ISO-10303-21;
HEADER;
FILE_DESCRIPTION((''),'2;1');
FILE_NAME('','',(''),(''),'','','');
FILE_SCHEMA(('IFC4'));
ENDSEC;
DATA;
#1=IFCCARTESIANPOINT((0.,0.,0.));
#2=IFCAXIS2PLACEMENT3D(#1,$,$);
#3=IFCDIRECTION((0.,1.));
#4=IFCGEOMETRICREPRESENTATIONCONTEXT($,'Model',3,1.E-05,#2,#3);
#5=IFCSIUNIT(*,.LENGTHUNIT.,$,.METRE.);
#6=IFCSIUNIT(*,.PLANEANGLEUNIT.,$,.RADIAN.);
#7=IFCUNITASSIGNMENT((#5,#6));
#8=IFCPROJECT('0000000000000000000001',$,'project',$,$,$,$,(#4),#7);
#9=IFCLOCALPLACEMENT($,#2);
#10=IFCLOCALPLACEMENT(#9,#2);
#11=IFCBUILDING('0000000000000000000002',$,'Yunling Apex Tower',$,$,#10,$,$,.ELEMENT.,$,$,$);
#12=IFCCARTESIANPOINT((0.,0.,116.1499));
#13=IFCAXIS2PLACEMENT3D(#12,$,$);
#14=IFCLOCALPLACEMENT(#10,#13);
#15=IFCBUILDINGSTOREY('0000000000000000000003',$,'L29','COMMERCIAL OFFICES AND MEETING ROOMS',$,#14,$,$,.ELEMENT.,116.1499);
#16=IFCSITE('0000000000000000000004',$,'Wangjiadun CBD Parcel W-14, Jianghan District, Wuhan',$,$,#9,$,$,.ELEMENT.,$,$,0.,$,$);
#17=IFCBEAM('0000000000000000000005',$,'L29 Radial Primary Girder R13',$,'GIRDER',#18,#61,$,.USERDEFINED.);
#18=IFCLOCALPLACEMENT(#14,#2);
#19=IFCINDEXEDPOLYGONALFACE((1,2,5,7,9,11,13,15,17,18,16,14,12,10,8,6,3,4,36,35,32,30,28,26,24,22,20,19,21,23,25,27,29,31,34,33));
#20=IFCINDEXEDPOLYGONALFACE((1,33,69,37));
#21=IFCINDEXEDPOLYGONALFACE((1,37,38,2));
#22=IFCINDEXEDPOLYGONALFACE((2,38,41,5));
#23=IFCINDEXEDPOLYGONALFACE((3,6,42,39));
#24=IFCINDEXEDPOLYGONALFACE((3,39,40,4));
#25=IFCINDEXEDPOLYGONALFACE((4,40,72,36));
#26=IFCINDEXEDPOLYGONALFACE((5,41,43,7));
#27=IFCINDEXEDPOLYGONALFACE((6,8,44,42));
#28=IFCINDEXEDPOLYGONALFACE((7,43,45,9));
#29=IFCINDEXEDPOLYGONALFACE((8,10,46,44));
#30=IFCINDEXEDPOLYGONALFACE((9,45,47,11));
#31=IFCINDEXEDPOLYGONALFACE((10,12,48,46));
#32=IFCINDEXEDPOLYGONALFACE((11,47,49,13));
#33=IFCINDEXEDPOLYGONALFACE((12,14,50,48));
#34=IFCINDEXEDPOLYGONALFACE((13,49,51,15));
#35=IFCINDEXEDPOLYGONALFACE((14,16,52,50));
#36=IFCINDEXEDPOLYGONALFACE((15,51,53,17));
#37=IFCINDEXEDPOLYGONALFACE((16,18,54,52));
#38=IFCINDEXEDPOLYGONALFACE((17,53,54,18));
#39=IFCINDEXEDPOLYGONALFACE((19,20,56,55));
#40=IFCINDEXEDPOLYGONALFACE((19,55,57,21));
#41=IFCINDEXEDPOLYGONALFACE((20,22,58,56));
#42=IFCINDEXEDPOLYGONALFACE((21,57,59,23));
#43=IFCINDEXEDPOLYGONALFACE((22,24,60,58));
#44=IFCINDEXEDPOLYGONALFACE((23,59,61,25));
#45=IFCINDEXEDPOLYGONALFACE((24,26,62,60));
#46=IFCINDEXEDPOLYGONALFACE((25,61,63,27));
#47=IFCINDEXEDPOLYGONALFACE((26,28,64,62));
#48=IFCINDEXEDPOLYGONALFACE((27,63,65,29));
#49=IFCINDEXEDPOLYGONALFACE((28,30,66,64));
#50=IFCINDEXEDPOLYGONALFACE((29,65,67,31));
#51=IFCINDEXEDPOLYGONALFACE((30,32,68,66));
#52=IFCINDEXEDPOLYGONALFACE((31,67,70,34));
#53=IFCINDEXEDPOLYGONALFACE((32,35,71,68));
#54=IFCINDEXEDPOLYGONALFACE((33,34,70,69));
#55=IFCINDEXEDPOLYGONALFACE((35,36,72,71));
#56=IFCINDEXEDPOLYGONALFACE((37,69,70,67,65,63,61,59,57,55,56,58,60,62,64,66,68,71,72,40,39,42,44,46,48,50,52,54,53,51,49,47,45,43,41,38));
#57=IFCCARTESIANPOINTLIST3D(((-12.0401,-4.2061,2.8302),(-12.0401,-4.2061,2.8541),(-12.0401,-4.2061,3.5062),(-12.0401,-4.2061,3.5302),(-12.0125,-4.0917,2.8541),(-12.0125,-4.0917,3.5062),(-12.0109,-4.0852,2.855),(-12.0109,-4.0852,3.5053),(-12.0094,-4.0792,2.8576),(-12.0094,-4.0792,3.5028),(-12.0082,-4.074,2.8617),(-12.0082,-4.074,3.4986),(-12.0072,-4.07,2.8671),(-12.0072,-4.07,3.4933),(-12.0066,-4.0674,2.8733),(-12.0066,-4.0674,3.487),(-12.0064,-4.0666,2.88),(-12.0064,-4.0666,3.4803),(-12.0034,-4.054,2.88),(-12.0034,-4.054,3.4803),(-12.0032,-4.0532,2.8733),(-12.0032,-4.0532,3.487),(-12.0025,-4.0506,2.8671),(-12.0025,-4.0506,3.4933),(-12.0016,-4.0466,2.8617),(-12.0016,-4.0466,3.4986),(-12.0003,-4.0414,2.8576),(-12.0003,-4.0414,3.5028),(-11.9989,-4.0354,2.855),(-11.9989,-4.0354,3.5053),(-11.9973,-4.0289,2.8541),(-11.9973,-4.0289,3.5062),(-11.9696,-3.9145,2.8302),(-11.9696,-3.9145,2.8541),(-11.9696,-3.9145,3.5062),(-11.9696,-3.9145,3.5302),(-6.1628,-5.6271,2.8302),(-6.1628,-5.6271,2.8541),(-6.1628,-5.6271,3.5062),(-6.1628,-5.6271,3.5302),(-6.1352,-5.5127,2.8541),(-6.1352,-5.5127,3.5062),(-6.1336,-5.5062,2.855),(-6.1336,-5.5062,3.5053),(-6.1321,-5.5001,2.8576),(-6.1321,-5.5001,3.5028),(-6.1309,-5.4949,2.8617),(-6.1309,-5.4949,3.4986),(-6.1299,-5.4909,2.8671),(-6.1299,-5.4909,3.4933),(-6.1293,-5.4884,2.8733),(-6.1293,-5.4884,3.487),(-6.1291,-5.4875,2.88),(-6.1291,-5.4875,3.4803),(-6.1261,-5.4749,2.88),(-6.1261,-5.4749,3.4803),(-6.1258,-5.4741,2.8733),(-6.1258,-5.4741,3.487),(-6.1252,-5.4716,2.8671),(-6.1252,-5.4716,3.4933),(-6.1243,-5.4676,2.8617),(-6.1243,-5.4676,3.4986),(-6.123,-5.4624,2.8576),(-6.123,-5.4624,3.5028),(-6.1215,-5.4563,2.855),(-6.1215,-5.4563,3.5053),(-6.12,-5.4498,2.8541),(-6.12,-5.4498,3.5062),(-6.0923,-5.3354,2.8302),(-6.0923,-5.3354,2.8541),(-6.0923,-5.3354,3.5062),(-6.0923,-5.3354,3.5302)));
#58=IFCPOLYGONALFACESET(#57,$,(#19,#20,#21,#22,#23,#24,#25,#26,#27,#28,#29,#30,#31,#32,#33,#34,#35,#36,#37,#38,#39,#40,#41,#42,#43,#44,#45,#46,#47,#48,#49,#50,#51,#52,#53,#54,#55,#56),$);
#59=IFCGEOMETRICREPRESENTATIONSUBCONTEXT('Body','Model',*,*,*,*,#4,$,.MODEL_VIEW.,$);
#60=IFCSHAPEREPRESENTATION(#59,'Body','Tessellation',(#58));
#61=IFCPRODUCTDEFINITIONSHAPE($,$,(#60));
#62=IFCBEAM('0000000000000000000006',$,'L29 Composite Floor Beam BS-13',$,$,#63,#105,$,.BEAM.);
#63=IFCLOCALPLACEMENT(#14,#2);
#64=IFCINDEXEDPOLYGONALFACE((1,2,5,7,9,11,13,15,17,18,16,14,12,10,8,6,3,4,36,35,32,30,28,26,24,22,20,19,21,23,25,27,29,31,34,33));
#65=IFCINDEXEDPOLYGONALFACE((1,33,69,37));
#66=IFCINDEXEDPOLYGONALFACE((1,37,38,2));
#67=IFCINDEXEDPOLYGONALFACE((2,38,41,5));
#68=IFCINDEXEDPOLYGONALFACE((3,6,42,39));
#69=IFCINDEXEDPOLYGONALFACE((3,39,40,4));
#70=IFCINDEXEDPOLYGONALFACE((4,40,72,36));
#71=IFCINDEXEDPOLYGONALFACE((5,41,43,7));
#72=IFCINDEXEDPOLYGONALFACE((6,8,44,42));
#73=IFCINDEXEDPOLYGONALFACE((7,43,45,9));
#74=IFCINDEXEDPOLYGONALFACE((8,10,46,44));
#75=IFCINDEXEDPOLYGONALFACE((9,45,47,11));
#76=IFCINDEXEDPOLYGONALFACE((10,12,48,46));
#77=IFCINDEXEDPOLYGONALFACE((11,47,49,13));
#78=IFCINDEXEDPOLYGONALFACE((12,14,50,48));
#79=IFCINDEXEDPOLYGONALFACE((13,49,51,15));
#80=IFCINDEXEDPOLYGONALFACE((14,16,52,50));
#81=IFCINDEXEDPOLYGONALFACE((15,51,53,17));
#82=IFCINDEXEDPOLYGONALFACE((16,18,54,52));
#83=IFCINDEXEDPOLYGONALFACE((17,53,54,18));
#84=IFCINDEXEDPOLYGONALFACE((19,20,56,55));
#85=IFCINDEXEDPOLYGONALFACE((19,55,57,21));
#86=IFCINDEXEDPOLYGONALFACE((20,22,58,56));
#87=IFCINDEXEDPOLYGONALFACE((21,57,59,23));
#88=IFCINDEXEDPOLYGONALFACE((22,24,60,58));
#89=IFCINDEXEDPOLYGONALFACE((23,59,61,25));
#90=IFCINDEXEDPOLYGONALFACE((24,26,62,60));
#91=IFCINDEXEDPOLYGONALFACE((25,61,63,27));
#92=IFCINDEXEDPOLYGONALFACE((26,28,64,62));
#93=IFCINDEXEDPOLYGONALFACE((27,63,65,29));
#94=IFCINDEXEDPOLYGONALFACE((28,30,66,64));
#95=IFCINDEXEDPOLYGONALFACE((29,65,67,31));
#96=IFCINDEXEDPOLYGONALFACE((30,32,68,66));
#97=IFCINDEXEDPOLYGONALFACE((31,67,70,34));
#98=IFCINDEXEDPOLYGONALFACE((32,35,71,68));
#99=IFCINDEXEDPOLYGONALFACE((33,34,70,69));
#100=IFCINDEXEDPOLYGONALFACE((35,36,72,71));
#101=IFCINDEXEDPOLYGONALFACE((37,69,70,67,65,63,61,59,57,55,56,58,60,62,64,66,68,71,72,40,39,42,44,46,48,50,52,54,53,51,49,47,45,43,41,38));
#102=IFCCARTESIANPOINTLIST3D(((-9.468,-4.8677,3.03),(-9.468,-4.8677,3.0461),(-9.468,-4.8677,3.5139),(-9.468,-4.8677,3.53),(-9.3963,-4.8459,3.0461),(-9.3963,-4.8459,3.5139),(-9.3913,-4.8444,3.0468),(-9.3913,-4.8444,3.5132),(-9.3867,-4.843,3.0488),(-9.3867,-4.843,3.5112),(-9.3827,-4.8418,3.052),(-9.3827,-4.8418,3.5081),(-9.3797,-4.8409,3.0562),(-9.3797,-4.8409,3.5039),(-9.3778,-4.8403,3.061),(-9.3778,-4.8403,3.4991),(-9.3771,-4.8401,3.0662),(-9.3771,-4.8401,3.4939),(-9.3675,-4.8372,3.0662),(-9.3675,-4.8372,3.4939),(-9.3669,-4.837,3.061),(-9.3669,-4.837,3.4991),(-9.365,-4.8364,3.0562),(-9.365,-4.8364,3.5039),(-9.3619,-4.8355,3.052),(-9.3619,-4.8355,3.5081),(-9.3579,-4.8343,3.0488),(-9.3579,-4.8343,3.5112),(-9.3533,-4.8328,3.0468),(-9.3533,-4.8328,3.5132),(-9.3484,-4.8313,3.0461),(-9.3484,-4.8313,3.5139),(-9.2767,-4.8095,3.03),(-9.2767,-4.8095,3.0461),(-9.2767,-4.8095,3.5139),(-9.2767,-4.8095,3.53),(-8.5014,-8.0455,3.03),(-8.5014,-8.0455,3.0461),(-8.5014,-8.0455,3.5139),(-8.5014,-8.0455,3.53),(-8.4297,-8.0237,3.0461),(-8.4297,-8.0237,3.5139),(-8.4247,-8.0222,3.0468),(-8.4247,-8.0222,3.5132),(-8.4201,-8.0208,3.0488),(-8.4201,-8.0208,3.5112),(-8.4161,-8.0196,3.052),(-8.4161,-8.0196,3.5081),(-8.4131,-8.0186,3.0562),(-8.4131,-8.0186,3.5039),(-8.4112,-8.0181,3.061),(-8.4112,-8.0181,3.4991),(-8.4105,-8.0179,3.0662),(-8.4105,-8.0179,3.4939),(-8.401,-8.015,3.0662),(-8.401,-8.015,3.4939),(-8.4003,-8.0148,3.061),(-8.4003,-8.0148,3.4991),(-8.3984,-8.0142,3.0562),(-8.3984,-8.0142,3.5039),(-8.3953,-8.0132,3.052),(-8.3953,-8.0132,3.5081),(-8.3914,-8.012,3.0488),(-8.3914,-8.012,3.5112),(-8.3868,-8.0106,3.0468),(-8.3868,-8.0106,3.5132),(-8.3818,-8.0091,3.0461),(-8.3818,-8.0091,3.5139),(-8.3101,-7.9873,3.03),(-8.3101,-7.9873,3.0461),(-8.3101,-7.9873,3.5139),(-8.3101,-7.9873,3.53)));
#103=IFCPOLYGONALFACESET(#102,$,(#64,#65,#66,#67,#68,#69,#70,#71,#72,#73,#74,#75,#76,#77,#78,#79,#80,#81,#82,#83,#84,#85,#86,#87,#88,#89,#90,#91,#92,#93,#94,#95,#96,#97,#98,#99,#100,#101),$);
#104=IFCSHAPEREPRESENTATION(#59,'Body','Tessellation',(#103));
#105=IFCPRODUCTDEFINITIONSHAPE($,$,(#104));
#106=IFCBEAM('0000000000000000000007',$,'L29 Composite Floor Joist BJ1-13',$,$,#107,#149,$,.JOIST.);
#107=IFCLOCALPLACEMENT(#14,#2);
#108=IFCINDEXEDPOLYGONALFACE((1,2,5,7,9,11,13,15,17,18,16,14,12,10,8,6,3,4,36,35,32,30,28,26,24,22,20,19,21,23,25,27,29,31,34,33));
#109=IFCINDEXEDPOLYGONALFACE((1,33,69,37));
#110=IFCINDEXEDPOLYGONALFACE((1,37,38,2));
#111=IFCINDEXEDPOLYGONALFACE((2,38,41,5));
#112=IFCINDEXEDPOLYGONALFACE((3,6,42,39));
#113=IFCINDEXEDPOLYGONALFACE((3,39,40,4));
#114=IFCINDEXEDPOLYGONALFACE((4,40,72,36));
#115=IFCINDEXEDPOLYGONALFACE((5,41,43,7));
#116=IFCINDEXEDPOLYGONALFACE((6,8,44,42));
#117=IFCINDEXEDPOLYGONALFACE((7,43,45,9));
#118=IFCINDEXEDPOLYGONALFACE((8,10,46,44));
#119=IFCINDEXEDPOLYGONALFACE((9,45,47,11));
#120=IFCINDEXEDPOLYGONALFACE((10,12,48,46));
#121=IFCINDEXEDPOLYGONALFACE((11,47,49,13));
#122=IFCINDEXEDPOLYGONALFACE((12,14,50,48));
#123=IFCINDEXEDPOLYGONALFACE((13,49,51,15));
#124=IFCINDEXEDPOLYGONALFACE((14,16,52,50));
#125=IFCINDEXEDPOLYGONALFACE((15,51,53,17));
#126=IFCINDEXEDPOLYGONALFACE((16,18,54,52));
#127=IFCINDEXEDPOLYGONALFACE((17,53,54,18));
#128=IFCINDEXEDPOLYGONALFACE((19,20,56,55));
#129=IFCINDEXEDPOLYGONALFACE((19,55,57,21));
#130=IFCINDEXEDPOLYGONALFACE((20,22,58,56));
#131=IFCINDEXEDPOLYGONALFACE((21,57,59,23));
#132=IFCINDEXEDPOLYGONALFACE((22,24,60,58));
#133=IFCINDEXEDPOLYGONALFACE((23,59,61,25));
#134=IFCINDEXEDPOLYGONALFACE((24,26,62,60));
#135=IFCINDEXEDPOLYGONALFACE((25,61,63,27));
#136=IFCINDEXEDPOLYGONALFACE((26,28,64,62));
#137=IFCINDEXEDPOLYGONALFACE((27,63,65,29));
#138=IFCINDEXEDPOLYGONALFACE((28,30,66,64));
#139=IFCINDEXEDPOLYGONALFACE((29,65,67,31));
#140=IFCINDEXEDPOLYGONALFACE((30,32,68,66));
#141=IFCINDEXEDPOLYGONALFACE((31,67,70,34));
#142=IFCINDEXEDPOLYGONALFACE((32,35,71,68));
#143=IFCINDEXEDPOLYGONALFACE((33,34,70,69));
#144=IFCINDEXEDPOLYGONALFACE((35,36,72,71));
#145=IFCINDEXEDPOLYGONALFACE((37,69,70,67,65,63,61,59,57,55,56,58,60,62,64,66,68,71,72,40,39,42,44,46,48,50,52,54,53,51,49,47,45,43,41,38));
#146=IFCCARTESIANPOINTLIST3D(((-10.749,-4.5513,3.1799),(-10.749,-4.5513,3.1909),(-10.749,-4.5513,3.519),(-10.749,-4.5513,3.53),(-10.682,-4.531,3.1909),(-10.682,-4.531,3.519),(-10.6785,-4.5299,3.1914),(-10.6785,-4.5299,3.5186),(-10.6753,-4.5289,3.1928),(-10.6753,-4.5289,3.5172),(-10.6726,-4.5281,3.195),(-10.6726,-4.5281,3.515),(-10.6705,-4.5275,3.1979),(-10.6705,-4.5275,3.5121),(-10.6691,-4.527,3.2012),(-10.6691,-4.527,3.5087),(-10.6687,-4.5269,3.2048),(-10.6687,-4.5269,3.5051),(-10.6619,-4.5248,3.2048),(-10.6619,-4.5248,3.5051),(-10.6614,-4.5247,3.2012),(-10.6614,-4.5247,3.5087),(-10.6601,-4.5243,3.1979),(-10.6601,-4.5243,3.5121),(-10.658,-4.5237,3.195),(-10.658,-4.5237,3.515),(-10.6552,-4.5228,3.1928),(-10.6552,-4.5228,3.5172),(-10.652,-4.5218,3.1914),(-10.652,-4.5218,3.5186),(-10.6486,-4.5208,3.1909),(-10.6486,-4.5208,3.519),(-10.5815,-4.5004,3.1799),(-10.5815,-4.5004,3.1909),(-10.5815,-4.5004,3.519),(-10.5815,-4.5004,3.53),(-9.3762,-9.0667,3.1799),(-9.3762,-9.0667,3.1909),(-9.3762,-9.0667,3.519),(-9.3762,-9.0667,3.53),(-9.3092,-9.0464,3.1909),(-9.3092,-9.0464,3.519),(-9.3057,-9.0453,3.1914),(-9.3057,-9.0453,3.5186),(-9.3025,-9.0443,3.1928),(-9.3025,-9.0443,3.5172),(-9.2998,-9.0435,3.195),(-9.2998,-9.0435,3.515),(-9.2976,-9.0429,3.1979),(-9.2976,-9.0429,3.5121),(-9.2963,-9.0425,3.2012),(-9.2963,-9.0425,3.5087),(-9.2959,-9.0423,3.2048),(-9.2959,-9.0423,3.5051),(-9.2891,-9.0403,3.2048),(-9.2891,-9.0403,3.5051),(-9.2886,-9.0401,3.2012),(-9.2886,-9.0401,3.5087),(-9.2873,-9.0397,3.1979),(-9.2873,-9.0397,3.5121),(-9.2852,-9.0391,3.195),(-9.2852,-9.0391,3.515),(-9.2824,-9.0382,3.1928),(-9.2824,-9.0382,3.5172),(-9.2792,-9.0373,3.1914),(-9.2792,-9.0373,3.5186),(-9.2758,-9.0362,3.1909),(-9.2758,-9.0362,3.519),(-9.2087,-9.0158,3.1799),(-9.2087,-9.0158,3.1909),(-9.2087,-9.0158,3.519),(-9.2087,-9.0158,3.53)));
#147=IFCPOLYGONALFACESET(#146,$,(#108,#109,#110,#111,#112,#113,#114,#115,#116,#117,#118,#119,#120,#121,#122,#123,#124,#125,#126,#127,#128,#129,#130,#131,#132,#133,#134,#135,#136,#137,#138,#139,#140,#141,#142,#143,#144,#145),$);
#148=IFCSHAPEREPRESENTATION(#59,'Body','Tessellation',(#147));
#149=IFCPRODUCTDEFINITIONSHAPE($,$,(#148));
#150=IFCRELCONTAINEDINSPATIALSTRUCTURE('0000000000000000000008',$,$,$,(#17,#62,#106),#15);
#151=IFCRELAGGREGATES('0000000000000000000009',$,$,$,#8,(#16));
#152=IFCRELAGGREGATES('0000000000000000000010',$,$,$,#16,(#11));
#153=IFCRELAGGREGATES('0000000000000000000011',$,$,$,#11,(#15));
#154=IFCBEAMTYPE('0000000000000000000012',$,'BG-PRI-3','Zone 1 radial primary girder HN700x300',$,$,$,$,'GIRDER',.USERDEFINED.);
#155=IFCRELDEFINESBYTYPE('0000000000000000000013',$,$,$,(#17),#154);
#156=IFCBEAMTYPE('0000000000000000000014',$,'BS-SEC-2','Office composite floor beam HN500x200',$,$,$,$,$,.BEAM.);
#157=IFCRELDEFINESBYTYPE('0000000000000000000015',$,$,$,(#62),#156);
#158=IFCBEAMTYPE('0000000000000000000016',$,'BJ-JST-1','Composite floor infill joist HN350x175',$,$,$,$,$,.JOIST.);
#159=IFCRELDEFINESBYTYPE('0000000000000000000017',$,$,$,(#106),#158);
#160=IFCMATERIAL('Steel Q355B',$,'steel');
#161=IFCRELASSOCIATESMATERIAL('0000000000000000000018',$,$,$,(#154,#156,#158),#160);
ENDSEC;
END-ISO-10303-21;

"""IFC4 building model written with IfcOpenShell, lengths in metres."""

from ifc_helpers import new_model, si_unit, direction, frame, origin, origin_2d, place, context, subcontext, project, spatial, i_section, extrude, source, transform, mapped, material, material_profile, profile_set, type_object, element, save


model = new_model("IFC4")

# Units and contexts
model_context = context("Model", 3, precision=1e-05, world=origin(), true_north=direction((0.0, 1.0)))
body_context = subcontext(model_context, "Body", "Model", "MODEL_VIEW")
ifc_project = project(units=[si_unit("LENGTHUNIT", "METRE"), si_unit("PLANEANGLEUNIT", "RADIAN")], contexts=[model_context])

# Site, building, storey
site_placement = place(None, origin())
site = spatial("IfcSite", under=ifc_project, at=site_placement, Name="Wangjiadun CBD Parcel W-14, Jianghan District, Wuhan", CompositionType="ELEMENT", RefElevation=0.0)
building_placement = place(site_placement, origin())
building = spatial("IfcBuilding", under=site, at=building_placement, Name="Yunling Apex Tower", CompositionType="ELEMENT")
storey_placement = place(building_placement, frame((0.0, 0.0, 116.1499)))
storey = spatial("IfcBuildingStorey", under=building, at=storey_placement, Name="L29", Description="COMMERCIAL OFFICES AND MEETING ROOMS", CompositionType="ELEMENT", Elevation=116.1499)

# Beams
ifc_material_1 = material(Name="Steel Q355B", Category="steel")
ifc_material_profile_1 = material_profile(ifc_material_1, i_section(OverallWidth=0.3, OverallDepth=0.7, WebThickness=0.0129, FlangeThickness=0.0239, FilletRadius=0.0259, at=origin_2d()))
ifc_profile_set_1 = profile_set([ifc_material_profile_1], Name="Steel Q355B")
beam_type_1 = type_object("IfcBeamType", Name="BG-PRI-3", Description="Zone 1 radial primary girder HN700x300", ElementType="GIRDER", PredefinedType="USERDEFINED", material=ifc_profile_set_1)
shared_shape_1 = source(origin(), body_context, "Body", "SweptSolid", [
    extrude(i_section(OverallWidth=0.3, OverallDepth=0.7, WebThickness=0.0129, FlangeThickness=0.0239, FilletRadius=0.0259, at=origin_2d()), origin(), (0.0, 0.0, 1.0), 6.0466),
])
beam_1_placement = place(storey_placement, frame((-12.0049, -4.0603, 3.1802), z_axis=(0.971997, -0.234994, 0.0), x_axis=(0.234994, 0.971997, 0.0)))
element("IfcBeam", 1, at=beam_1_placement, inside=storey, type_object=beam_type_1, Name="L29 Radial Primary Girder R13", ObjectType="GIRDER", PredefinedType="USERDEFINED", context=body_context, shape_type="MappedRepresentation", body=[
    mapped(shared_shape_1, transform((0.0, 0.0, 0.0), scale=1.0)),
])
ifc_material_profile_2 = material_profile(ifc_material_1, i_section(OverallWidth=0.2, OverallDepth=0.5, WebThickness=0.01, FlangeThickness=0.0161, FilletRadius=0.02, at=origin_2d()))
ifc_profile_set_2 = profile_set([ifc_material_profile_2], Name="Steel Q355B")
beam_type_2 = type_object("IfcBeamType", Name="BS-SEC-2", Description="Office composite floor beam HN500x200", PredefinedType="BEAM", material=ifc_profile_set_2)
shared_shape_2 = source(origin(), body_context, "Body", "SweptSolid", [
    extrude(i_section(OverallWidth=0.2, OverallDepth=0.5, WebThickness=0.01, FlangeThickness=0.0161, FilletRadius=0.02, at=origin_2d()), origin(), (0.0, 0.0, 1.0), 3.3215),
])
beam_2_placement = place(storey_placement, frame((-9.3723, -4.8386, 3.28), z_axis=(0.291001, -0.956723, 0.0), x_axis=(0.956723, 0.291001, 0.0)))
element("IfcBeam", 2, at=beam_2_placement, inside=storey, type_object=beam_type_2, Name="L29 Composite Floor Beam BS-13", PredefinedType="BEAM", context=body_context, shape_type="MappedRepresentation", body=[
    mapped(shared_shape_2, transform((0.0, 0.0, 0.0), scale=1.0)),
])
ifc_material_profile_3 = material_profile(ifc_material_1, i_section(OverallWidth=0.175, OverallDepth=0.3501, WebThickness=0.0071, FlangeThickness=0.011, FilletRadius=0.0139, at=origin_2d()))
ifc_profile_set_3 = profile_set([ifc_material_profile_3], Name="Steel Q355B")
beam_type_3 = type_object("IfcBeamType", Name="BJ-JST-1", Description="Composite floor infill joist HN350x175", PredefinedType="JOIST", material=ifc_profile_set_3)
shared_shape_3 = source(origin(), body_context, "Body", "SweptSolid", [
    extrude(i_section(OverallWidth=0.175, OverallDepth=0.3501, WebThickness=0.0071, FlangeThickness=0.011, FilletRadius=0.0139, at=origin_2d()), origin(), (0.0, 0.0, 1.0), 4.7195),
])
beam_3_placement = place(storey_placement, frame((-10.6653, -4.5259, 3.355), z_axis=(0.290882, -0.956759, 0.0), x_axis=(0.956759, 0.290882, 0.0)))
element("IfcBeam", 3, at=beam_3_placement, inside=storey, type_object=beam_type_3, Name="L29 Composite Floor Joist BJ1-13", PredefinedType="JOIST", context=body_context, shape_type="MappedRepresentation", body=[
    mapped(shared_shape_3, transform((0.0, 0.0, 0.0), scale=1.0)),
])

save(model, "model.ifc")
